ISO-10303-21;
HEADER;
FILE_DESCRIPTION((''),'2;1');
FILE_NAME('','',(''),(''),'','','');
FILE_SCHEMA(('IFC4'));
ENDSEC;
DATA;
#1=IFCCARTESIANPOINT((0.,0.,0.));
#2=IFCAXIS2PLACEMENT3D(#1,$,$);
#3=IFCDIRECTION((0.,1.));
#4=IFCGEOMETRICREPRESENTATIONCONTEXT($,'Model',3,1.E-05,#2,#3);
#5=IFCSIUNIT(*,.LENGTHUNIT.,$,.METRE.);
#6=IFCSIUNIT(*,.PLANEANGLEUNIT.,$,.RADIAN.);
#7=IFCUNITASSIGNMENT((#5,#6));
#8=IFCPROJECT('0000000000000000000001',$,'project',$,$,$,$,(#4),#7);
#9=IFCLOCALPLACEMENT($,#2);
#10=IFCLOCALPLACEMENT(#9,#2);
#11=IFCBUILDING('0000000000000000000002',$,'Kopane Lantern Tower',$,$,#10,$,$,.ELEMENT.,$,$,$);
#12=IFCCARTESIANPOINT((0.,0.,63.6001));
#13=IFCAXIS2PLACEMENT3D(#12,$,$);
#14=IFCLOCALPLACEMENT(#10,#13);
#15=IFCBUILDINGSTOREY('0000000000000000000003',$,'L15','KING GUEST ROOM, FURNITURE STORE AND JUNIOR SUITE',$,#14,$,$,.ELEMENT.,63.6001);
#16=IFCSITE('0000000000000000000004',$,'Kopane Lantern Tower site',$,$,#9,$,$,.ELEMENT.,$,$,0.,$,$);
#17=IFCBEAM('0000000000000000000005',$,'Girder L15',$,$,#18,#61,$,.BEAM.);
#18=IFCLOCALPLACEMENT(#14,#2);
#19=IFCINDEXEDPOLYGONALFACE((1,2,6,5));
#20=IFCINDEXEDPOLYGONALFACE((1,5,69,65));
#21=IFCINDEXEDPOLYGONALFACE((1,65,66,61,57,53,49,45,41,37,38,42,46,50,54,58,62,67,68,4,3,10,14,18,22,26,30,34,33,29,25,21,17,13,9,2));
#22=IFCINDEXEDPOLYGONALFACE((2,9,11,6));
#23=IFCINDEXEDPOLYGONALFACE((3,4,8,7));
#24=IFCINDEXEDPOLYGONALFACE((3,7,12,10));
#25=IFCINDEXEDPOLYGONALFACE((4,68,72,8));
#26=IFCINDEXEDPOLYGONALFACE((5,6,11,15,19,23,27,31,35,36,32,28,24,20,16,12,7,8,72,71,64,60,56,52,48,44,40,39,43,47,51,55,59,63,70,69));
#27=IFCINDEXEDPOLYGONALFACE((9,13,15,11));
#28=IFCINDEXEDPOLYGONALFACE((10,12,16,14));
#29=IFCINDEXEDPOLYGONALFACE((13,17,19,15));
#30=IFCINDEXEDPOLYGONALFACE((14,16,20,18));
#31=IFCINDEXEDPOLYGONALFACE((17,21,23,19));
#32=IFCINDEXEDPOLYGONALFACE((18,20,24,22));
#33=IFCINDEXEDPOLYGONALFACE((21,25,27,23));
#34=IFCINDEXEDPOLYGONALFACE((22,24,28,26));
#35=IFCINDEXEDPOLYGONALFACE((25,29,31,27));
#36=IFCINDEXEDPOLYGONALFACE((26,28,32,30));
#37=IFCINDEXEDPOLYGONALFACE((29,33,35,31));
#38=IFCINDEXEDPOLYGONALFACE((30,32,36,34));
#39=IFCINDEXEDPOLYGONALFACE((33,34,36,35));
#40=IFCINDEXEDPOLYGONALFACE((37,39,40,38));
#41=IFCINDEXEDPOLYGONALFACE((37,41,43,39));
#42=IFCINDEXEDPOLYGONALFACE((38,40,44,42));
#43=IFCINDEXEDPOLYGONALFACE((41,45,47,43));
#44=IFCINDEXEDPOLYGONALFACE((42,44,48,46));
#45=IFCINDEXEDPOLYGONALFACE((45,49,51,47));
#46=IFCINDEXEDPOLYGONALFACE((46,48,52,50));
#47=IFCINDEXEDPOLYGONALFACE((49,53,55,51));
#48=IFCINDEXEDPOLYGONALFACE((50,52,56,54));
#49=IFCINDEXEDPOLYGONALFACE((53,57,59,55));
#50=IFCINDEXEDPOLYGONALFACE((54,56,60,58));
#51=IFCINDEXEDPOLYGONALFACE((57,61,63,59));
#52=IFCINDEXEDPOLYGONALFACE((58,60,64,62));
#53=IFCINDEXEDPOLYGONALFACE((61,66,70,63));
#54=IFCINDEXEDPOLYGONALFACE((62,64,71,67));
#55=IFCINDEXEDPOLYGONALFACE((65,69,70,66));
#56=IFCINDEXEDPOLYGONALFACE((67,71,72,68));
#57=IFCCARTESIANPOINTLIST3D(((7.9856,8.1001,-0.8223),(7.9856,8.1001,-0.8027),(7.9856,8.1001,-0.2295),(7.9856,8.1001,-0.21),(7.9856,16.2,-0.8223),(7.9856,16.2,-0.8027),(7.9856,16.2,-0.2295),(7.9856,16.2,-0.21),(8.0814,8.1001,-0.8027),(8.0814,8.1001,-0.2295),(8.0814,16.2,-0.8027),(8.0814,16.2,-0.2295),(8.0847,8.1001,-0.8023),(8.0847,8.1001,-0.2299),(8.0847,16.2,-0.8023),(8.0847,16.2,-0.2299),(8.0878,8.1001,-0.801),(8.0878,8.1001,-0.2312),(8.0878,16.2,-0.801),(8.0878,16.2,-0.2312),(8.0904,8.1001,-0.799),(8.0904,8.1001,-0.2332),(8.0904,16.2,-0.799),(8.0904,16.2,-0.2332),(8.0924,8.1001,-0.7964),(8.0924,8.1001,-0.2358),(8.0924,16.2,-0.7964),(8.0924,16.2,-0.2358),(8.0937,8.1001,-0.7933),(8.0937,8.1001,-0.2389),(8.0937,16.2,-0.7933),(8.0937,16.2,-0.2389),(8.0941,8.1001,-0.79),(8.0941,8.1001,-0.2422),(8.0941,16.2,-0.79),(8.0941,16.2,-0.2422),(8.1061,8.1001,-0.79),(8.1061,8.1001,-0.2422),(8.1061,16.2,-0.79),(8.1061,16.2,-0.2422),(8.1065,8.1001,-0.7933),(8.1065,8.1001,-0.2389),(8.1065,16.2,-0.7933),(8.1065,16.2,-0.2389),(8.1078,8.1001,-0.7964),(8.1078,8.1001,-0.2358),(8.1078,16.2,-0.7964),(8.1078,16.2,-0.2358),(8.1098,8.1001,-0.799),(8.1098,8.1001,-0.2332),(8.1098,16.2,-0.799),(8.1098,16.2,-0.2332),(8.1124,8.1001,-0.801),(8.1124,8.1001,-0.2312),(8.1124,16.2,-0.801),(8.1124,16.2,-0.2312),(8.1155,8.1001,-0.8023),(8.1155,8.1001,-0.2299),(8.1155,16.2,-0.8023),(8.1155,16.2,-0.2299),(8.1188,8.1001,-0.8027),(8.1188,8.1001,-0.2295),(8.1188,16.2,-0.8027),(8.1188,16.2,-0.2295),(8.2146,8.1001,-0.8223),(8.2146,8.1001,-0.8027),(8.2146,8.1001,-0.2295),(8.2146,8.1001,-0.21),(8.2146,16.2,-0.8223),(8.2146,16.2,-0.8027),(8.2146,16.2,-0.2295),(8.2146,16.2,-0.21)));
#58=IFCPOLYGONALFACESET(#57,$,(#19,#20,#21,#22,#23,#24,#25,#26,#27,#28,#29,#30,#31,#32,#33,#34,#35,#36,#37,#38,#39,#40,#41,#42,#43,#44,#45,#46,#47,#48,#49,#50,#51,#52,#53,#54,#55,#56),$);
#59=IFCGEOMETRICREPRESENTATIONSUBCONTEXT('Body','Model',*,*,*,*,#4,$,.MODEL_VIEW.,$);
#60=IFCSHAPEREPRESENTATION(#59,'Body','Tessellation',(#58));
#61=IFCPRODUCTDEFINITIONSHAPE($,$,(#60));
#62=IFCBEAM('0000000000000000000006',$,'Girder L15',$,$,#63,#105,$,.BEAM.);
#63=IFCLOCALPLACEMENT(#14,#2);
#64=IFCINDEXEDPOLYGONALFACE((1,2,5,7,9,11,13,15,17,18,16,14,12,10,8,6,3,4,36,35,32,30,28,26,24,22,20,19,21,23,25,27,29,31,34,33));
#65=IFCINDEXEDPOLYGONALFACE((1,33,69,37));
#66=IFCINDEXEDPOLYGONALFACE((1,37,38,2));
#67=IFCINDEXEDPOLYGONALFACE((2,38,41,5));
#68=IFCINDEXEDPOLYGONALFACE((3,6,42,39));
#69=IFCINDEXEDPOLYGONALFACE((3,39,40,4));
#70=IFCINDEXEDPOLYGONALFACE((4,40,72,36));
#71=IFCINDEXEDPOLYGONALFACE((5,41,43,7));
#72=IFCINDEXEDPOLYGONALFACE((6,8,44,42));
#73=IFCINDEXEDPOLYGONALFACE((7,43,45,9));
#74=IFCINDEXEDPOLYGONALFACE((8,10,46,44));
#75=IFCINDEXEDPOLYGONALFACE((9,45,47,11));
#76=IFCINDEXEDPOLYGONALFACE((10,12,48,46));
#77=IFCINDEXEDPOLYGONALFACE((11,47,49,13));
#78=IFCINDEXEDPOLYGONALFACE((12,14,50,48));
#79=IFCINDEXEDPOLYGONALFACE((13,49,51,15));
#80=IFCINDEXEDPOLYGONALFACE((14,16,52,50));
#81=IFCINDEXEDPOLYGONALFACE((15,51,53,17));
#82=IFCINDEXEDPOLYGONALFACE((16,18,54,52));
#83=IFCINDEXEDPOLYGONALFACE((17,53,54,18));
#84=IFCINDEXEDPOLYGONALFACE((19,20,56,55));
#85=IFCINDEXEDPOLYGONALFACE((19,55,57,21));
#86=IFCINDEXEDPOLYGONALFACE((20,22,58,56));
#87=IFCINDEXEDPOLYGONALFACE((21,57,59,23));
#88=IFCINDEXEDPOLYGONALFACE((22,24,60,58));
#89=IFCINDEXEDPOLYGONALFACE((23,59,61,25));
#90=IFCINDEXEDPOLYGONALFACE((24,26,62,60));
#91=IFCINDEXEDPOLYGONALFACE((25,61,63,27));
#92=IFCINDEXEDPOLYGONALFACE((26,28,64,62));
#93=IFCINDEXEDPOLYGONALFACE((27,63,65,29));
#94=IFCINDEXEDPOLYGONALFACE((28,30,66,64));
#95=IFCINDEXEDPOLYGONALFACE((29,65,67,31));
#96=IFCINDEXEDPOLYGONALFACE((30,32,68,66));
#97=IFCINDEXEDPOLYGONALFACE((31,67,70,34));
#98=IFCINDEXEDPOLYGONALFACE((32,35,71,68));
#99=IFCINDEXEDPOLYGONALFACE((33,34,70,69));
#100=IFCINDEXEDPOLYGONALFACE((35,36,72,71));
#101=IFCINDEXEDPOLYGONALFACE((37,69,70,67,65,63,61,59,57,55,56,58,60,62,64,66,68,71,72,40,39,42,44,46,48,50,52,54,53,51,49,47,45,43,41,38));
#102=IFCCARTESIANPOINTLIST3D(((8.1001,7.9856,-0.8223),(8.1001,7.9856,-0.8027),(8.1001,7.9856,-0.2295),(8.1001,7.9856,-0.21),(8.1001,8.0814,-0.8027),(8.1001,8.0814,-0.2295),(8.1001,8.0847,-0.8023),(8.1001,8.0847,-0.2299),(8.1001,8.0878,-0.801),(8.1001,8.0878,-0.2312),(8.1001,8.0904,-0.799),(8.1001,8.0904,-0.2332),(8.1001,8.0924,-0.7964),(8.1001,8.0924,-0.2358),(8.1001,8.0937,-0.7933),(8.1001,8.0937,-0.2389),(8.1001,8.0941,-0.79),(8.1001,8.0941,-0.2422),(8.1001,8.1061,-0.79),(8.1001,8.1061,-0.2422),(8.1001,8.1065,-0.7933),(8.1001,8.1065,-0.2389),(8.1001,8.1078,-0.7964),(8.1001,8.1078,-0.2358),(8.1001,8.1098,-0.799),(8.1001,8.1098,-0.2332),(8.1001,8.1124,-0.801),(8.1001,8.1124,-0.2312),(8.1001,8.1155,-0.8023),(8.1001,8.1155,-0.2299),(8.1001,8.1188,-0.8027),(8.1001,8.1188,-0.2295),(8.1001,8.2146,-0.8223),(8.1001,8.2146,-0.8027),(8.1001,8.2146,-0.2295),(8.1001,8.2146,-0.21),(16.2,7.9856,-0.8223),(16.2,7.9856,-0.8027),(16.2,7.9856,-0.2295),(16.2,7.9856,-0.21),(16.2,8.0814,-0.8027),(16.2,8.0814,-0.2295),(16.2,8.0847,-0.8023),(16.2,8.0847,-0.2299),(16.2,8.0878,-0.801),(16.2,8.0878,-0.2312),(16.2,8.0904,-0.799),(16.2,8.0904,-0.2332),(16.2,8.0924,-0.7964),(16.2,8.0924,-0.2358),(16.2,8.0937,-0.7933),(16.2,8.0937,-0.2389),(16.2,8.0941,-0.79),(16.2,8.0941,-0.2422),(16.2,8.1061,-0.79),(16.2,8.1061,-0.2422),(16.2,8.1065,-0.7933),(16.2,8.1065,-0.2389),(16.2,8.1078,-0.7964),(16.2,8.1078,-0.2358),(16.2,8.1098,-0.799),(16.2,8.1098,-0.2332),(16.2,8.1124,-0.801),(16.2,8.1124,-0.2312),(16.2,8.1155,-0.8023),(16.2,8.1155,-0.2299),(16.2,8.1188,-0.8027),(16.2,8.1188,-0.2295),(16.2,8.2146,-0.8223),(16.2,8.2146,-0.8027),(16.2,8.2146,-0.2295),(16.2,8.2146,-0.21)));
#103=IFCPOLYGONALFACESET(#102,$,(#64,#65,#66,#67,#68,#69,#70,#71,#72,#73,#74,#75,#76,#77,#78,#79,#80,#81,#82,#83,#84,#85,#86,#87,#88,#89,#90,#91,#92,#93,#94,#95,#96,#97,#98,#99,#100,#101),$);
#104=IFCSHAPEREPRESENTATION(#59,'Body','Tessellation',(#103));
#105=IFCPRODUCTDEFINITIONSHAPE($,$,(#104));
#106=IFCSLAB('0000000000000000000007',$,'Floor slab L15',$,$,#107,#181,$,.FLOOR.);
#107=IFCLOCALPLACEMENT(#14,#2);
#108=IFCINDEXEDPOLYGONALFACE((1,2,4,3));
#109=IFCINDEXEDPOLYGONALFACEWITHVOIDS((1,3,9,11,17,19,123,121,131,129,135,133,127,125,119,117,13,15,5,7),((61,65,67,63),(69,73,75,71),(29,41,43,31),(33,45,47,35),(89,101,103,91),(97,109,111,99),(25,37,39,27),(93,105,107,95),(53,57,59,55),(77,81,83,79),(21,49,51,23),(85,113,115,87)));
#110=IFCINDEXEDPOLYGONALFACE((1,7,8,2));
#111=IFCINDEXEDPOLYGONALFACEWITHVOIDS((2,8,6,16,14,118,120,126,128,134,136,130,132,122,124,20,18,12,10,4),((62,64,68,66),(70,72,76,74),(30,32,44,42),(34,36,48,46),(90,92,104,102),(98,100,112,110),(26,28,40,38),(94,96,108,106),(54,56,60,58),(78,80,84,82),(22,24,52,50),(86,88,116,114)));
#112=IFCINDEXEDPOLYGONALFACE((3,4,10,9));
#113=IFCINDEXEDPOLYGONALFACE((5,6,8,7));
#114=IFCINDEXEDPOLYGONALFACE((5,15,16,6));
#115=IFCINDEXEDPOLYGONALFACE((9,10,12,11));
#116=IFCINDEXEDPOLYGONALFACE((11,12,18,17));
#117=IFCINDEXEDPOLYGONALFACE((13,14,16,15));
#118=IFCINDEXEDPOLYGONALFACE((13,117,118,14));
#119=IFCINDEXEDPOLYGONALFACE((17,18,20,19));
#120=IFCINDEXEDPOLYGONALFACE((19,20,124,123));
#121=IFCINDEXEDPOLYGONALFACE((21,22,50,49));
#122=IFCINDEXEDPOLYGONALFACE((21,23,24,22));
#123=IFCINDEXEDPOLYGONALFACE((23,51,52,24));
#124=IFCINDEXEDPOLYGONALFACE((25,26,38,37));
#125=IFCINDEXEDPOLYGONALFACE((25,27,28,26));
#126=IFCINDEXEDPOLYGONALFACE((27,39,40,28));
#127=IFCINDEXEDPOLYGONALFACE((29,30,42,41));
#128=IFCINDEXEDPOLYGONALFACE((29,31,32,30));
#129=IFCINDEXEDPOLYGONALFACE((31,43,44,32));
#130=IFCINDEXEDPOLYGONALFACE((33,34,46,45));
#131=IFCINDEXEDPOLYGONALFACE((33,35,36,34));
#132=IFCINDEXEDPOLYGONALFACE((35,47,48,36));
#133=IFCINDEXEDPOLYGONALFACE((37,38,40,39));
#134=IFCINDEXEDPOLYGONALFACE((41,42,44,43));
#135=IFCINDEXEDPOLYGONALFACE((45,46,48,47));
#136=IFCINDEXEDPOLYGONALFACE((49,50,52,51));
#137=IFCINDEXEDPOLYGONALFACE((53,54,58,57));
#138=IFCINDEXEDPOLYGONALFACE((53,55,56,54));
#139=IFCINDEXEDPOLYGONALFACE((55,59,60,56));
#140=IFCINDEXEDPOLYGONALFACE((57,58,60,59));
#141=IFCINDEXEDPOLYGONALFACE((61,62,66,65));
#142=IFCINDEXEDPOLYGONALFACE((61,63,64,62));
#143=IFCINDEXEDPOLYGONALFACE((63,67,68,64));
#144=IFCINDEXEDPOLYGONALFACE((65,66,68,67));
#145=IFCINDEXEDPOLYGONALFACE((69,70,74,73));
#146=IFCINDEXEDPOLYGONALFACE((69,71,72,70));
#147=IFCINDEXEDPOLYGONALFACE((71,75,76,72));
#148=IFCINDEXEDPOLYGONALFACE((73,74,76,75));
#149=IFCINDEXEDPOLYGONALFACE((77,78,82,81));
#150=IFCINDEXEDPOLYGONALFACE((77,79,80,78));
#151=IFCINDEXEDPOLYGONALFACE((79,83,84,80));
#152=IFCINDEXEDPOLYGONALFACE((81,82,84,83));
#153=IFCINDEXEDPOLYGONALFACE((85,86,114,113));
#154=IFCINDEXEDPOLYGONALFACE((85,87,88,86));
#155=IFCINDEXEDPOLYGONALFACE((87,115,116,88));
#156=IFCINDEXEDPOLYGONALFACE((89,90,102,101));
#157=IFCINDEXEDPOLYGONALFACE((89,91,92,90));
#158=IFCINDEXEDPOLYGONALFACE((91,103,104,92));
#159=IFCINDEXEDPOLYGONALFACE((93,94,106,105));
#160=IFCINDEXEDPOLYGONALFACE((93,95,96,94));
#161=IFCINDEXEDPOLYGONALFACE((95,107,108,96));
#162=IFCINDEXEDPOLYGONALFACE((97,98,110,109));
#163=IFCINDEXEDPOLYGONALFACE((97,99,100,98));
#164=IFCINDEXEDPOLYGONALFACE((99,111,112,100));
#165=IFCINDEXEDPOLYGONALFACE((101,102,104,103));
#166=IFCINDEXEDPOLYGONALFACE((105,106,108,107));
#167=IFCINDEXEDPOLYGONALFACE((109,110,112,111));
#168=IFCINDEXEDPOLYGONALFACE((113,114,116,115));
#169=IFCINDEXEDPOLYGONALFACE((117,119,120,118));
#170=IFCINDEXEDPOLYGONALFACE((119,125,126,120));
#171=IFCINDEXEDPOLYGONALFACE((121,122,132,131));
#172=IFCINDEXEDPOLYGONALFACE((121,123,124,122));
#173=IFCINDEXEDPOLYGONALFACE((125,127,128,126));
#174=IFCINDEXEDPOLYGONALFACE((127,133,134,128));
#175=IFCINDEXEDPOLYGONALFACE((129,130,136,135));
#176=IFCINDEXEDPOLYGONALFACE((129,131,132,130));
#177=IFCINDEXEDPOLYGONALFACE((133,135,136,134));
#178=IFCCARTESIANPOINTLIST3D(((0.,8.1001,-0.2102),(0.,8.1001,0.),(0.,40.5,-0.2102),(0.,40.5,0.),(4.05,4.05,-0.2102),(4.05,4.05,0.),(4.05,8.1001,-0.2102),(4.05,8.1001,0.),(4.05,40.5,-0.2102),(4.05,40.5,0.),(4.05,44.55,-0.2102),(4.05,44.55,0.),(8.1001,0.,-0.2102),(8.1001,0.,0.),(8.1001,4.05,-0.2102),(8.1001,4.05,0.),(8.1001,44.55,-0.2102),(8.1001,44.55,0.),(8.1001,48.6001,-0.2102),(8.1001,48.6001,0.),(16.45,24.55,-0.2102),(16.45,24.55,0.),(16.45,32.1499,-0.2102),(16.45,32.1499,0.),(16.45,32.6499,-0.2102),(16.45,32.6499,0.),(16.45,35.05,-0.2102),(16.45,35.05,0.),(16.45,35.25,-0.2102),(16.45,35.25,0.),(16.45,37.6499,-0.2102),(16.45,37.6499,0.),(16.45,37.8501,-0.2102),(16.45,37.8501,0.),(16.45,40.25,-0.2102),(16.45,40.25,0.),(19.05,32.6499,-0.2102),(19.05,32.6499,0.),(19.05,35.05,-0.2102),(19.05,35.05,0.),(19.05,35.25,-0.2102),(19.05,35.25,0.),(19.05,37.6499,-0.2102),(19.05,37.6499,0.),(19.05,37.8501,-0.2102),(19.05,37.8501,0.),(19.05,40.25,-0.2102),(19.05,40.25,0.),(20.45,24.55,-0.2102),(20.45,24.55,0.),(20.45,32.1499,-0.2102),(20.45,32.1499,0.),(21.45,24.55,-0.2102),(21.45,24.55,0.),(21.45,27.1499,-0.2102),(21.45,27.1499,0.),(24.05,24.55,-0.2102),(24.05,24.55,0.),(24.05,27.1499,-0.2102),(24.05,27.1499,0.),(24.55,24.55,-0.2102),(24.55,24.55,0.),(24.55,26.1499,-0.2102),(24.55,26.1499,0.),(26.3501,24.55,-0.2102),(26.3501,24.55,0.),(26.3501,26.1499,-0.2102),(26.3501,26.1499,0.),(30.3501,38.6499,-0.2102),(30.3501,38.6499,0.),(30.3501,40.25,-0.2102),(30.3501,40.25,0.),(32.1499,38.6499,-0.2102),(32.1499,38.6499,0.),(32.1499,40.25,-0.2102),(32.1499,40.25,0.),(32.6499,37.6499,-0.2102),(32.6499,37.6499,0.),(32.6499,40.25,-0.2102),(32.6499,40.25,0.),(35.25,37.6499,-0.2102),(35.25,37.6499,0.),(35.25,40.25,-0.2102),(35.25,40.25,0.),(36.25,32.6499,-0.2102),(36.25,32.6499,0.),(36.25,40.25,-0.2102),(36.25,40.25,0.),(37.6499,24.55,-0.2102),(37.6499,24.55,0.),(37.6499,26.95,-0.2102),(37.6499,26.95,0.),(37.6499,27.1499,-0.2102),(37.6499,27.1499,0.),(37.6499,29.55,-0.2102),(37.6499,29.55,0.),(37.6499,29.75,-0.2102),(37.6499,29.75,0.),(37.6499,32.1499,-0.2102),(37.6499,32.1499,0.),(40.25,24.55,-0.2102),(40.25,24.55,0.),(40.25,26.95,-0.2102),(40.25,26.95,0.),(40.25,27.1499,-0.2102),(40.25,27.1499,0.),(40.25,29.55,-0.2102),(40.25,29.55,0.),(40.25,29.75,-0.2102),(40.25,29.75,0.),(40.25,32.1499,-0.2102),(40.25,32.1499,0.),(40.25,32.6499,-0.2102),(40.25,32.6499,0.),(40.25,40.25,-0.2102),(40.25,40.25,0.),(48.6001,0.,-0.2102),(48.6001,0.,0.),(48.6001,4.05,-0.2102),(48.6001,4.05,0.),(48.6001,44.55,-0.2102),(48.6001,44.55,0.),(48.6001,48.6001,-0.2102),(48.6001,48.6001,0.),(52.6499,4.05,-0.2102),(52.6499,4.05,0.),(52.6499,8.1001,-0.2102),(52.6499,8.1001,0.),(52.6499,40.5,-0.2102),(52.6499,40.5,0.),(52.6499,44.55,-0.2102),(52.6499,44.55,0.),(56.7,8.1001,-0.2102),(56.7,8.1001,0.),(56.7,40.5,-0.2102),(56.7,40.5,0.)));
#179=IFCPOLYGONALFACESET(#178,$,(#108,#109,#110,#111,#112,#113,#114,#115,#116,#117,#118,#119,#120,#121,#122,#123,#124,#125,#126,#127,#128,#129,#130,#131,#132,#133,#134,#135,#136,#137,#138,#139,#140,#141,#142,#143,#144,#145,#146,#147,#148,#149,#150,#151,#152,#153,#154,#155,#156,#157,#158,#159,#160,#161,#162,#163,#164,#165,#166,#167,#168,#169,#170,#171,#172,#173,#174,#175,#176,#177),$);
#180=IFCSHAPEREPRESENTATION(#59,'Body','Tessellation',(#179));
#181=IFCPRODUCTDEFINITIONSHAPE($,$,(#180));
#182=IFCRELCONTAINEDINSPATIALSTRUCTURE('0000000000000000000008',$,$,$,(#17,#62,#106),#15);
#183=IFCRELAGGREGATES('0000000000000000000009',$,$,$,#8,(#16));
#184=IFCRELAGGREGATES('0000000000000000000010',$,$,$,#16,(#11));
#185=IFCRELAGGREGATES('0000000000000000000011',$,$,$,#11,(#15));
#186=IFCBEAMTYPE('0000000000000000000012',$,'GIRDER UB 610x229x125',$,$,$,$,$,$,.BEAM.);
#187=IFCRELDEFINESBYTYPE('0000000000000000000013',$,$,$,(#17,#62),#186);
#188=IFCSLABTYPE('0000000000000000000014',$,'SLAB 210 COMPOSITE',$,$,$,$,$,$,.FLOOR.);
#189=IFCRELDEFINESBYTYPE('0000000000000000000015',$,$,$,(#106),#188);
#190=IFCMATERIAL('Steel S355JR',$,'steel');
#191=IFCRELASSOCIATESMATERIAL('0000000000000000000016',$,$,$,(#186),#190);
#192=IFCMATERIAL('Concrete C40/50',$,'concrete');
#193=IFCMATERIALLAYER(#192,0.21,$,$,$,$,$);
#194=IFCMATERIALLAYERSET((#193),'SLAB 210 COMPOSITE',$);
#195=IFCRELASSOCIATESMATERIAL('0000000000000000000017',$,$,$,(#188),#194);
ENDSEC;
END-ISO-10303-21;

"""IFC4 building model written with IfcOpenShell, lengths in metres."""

from ifc_helpers import new_model, si_unit, direction, frame, origin, origin_2d, place, context, subcontext, project, spatial, polyline, i_section, outline, extrude, material, layer, layer_set, material_profile, profile_set, type_object, element, save


model = new_model("IFC4")

# Units and contexts
model_context = context("Model", 3, precision=1e-05, world=origin(), true_north=direction((0.0, 1.0)))
body_context = subcontext(model_context, "Body", "Model", "MODEL_VIEW")
ifc_project = project(units=[si_unit("LENGTHUNIT", "METRE"), si_unit("PLANEANGLEUNIT", "RADIAN")], contexts=[model_context])

# Site, building, storey
site_placement = place(None, origin())
site = spatial("IfcSite", under=ifc_project, at=site_placement, Name="Kopane Lantern Tower site", CompositionType="ELEMENT", RefElevation=0.0)
building_placement = place(site_placement, origin())
building = spatial("IfcBuilding", under=site, at=building_placement, Name="Kopane Lantern Tower", CompositionType="ELEMENT")
storey_placement = place(building_placement, frame((0.0, 0.0, 63.6001)))
storey = spatial("IfcBuildingStorey", under=building, at=storey_placement, Name="L15", Description="KING GUEST ROOM, FURNITURE STORE AND JUNIOR SUITE", CompositionType="ELEMENT", Elevation=63.6001)

# Beams
ifc_material_1 = material(Name="Steel S355JR", Category="steel")
ifc_material_profile_1 = material_profile(ifc_material_1, i_section(OverallWidth=0.229, OverallDepth=0.6123, WebThickness=0.012, FlangeThickness=0.0195, FilletRadius=0.0127, at=origin_2d()), Name="UB 610x229x125")
ifc_profile_set_1 = profile_set([ifc_material_profile_1], Name="Steel S355JR")
beam_type_1 = type_object("IfcBeamType", Name="GIRDER UB 610x229x125", PredefinedType="BEAM", material=ifc_profile_set_1)
for number, where, z_axis, x_axis, name in (
    (1, (8.1001, 8.1001, -0.5161), (0.0, 1.0, 0.0), (-1.0, 0.0, 0.0), "Girder L15"),
    (2, (8.1001, 8.1001, -0.5161), (1.0, 0.0, 0.0), (0.0, 1.0, 0.0), "Girder L15"),
):
    element("IfcBeam", number, at=place(storey_placement, frame(where, z_axis=z_axis, x_axis=x_axis)), inside=storey, type_object=beam_type_1, Name=name, PredefinedType="BEAM", context=body_context, shape_type="SweptSolid", body=[
        extrude(i_section(OverallWidth=0.229, OverallDepth=0.6123, WebThickness=0.012, FlangeThickness=0.0195, FilletRadius=0.0127, at=origin_2d()), origin(), (0.0, 0.0, 1.0), 8.0999),
    ])

# Slab
ifc_material_2 = material(Name="Concrete C40/50", Category="concrete")
ifc_layer_1 = layer(ifc_material_2, 0.21)
ifc_layer_set_1 = layer_set([ifc_layer_1], Name="SLAB 210 COMPOSITE")
slab_type_1 = type_object("IfcSlabType", Name="SLAB 210 COMPOSITE", PredefinedType="FLOOR", material=ifc_layer_set_1)
slab_1_placement = place(storey_placement, frame((0.0, 0.0, -0.2102)))
element("IfcSlab", 3, at=slab_1_placement, inside=storey, type_object=slab_type_1, Name="Floor slab L15", PredefinedType="FLOOR", context=body_context, shape_type="SweptSolid", body=[
    extrude(outline(polyline([(8.1001, 0.0), (48.6001, 0.0), (48.6001, 4.05), (52.6499, 4.05), (52.6499, 8.1001), (56.7, 8.1001), (56.7, 40.5), (52.6499, 40.5), (52.6499, 44.55), (48.6001, 44.55), (48.6001, 48.6001), (8.1001, 48.6001), (8.1001, 44.55), (4.05, 44.55), (4.05, 40.5), (0.0, 40.5), (0.0, 8.1001), (4.05, 8.1001), (4.05, 4.05), (8.1001, 4.05), (8.1001, 0.0)]), holes=[polyline([(16.45, 24.55), (20.45, 24.55), (20.45, 32.1499), (16.45, 32.1499), (16.45, 24.55)]), polyline([(36.25, 32.6499), (40.25, 32.6499), (40.25, 40.25), (36.25, 40.25), (36.25, 32.6499)]), polyline([(16.45, 32.6499), (19.05, 32.6499), (19.05, 35.05), (16.45, 35.05), (16.45, 32.6499)]), polyline([(16.45, 35.25), (19.05, 35.25), (19.05, 37.6499), (16.45, 37.6499), (16.45, 35.25)]), polyline([(16.45, 37.8501), (19.05, 37.8501), (19.05, 40.25), (16.45, 40.25), (16.45, 37.8501)]), polyline([(37.6499, 24.55), (40.25, 24.55), (40.25, 26.95), (37.6499, 26.95), (37.6499, 24.55)]), polyline([(37.6499, 27.1499), (40.25, 27.1499), (40.25, 29.55), (37.6499, 29.55), (37.6499, 27.1499)]), polyline([(37.6499, 29.75), (40.25, 29.75), (40.25, 32.1499), (37.6499, 32.1499), (37.6499, 29.75)]), polyline([(21.45, 24.55), (24.05, 24.55), (24.05, 27.1499), (21.45, 27.1499), (21.45, 24.55)]), polyline([(32.6499, 37.6499), (35.25, 37.6499), (35.25, 40.25), (32.6499, 40.25), (32.6499, 37.6499)]), polyline([(24.55, 24.55), (26.3501, 24.55), (26.3501, 26.1499), (24.55, 26.1499), (24.55, 24.55)]), polyline([(30.3501, 38.6499), (32.1499, 38.6499), (32.1499, 40.25), (30.3501, 40.25), (30.3501, 38.6499)])]), origin(), (0.0, 0.0, 1.0), 0.2102),
])

save(model, "model.ifc")
